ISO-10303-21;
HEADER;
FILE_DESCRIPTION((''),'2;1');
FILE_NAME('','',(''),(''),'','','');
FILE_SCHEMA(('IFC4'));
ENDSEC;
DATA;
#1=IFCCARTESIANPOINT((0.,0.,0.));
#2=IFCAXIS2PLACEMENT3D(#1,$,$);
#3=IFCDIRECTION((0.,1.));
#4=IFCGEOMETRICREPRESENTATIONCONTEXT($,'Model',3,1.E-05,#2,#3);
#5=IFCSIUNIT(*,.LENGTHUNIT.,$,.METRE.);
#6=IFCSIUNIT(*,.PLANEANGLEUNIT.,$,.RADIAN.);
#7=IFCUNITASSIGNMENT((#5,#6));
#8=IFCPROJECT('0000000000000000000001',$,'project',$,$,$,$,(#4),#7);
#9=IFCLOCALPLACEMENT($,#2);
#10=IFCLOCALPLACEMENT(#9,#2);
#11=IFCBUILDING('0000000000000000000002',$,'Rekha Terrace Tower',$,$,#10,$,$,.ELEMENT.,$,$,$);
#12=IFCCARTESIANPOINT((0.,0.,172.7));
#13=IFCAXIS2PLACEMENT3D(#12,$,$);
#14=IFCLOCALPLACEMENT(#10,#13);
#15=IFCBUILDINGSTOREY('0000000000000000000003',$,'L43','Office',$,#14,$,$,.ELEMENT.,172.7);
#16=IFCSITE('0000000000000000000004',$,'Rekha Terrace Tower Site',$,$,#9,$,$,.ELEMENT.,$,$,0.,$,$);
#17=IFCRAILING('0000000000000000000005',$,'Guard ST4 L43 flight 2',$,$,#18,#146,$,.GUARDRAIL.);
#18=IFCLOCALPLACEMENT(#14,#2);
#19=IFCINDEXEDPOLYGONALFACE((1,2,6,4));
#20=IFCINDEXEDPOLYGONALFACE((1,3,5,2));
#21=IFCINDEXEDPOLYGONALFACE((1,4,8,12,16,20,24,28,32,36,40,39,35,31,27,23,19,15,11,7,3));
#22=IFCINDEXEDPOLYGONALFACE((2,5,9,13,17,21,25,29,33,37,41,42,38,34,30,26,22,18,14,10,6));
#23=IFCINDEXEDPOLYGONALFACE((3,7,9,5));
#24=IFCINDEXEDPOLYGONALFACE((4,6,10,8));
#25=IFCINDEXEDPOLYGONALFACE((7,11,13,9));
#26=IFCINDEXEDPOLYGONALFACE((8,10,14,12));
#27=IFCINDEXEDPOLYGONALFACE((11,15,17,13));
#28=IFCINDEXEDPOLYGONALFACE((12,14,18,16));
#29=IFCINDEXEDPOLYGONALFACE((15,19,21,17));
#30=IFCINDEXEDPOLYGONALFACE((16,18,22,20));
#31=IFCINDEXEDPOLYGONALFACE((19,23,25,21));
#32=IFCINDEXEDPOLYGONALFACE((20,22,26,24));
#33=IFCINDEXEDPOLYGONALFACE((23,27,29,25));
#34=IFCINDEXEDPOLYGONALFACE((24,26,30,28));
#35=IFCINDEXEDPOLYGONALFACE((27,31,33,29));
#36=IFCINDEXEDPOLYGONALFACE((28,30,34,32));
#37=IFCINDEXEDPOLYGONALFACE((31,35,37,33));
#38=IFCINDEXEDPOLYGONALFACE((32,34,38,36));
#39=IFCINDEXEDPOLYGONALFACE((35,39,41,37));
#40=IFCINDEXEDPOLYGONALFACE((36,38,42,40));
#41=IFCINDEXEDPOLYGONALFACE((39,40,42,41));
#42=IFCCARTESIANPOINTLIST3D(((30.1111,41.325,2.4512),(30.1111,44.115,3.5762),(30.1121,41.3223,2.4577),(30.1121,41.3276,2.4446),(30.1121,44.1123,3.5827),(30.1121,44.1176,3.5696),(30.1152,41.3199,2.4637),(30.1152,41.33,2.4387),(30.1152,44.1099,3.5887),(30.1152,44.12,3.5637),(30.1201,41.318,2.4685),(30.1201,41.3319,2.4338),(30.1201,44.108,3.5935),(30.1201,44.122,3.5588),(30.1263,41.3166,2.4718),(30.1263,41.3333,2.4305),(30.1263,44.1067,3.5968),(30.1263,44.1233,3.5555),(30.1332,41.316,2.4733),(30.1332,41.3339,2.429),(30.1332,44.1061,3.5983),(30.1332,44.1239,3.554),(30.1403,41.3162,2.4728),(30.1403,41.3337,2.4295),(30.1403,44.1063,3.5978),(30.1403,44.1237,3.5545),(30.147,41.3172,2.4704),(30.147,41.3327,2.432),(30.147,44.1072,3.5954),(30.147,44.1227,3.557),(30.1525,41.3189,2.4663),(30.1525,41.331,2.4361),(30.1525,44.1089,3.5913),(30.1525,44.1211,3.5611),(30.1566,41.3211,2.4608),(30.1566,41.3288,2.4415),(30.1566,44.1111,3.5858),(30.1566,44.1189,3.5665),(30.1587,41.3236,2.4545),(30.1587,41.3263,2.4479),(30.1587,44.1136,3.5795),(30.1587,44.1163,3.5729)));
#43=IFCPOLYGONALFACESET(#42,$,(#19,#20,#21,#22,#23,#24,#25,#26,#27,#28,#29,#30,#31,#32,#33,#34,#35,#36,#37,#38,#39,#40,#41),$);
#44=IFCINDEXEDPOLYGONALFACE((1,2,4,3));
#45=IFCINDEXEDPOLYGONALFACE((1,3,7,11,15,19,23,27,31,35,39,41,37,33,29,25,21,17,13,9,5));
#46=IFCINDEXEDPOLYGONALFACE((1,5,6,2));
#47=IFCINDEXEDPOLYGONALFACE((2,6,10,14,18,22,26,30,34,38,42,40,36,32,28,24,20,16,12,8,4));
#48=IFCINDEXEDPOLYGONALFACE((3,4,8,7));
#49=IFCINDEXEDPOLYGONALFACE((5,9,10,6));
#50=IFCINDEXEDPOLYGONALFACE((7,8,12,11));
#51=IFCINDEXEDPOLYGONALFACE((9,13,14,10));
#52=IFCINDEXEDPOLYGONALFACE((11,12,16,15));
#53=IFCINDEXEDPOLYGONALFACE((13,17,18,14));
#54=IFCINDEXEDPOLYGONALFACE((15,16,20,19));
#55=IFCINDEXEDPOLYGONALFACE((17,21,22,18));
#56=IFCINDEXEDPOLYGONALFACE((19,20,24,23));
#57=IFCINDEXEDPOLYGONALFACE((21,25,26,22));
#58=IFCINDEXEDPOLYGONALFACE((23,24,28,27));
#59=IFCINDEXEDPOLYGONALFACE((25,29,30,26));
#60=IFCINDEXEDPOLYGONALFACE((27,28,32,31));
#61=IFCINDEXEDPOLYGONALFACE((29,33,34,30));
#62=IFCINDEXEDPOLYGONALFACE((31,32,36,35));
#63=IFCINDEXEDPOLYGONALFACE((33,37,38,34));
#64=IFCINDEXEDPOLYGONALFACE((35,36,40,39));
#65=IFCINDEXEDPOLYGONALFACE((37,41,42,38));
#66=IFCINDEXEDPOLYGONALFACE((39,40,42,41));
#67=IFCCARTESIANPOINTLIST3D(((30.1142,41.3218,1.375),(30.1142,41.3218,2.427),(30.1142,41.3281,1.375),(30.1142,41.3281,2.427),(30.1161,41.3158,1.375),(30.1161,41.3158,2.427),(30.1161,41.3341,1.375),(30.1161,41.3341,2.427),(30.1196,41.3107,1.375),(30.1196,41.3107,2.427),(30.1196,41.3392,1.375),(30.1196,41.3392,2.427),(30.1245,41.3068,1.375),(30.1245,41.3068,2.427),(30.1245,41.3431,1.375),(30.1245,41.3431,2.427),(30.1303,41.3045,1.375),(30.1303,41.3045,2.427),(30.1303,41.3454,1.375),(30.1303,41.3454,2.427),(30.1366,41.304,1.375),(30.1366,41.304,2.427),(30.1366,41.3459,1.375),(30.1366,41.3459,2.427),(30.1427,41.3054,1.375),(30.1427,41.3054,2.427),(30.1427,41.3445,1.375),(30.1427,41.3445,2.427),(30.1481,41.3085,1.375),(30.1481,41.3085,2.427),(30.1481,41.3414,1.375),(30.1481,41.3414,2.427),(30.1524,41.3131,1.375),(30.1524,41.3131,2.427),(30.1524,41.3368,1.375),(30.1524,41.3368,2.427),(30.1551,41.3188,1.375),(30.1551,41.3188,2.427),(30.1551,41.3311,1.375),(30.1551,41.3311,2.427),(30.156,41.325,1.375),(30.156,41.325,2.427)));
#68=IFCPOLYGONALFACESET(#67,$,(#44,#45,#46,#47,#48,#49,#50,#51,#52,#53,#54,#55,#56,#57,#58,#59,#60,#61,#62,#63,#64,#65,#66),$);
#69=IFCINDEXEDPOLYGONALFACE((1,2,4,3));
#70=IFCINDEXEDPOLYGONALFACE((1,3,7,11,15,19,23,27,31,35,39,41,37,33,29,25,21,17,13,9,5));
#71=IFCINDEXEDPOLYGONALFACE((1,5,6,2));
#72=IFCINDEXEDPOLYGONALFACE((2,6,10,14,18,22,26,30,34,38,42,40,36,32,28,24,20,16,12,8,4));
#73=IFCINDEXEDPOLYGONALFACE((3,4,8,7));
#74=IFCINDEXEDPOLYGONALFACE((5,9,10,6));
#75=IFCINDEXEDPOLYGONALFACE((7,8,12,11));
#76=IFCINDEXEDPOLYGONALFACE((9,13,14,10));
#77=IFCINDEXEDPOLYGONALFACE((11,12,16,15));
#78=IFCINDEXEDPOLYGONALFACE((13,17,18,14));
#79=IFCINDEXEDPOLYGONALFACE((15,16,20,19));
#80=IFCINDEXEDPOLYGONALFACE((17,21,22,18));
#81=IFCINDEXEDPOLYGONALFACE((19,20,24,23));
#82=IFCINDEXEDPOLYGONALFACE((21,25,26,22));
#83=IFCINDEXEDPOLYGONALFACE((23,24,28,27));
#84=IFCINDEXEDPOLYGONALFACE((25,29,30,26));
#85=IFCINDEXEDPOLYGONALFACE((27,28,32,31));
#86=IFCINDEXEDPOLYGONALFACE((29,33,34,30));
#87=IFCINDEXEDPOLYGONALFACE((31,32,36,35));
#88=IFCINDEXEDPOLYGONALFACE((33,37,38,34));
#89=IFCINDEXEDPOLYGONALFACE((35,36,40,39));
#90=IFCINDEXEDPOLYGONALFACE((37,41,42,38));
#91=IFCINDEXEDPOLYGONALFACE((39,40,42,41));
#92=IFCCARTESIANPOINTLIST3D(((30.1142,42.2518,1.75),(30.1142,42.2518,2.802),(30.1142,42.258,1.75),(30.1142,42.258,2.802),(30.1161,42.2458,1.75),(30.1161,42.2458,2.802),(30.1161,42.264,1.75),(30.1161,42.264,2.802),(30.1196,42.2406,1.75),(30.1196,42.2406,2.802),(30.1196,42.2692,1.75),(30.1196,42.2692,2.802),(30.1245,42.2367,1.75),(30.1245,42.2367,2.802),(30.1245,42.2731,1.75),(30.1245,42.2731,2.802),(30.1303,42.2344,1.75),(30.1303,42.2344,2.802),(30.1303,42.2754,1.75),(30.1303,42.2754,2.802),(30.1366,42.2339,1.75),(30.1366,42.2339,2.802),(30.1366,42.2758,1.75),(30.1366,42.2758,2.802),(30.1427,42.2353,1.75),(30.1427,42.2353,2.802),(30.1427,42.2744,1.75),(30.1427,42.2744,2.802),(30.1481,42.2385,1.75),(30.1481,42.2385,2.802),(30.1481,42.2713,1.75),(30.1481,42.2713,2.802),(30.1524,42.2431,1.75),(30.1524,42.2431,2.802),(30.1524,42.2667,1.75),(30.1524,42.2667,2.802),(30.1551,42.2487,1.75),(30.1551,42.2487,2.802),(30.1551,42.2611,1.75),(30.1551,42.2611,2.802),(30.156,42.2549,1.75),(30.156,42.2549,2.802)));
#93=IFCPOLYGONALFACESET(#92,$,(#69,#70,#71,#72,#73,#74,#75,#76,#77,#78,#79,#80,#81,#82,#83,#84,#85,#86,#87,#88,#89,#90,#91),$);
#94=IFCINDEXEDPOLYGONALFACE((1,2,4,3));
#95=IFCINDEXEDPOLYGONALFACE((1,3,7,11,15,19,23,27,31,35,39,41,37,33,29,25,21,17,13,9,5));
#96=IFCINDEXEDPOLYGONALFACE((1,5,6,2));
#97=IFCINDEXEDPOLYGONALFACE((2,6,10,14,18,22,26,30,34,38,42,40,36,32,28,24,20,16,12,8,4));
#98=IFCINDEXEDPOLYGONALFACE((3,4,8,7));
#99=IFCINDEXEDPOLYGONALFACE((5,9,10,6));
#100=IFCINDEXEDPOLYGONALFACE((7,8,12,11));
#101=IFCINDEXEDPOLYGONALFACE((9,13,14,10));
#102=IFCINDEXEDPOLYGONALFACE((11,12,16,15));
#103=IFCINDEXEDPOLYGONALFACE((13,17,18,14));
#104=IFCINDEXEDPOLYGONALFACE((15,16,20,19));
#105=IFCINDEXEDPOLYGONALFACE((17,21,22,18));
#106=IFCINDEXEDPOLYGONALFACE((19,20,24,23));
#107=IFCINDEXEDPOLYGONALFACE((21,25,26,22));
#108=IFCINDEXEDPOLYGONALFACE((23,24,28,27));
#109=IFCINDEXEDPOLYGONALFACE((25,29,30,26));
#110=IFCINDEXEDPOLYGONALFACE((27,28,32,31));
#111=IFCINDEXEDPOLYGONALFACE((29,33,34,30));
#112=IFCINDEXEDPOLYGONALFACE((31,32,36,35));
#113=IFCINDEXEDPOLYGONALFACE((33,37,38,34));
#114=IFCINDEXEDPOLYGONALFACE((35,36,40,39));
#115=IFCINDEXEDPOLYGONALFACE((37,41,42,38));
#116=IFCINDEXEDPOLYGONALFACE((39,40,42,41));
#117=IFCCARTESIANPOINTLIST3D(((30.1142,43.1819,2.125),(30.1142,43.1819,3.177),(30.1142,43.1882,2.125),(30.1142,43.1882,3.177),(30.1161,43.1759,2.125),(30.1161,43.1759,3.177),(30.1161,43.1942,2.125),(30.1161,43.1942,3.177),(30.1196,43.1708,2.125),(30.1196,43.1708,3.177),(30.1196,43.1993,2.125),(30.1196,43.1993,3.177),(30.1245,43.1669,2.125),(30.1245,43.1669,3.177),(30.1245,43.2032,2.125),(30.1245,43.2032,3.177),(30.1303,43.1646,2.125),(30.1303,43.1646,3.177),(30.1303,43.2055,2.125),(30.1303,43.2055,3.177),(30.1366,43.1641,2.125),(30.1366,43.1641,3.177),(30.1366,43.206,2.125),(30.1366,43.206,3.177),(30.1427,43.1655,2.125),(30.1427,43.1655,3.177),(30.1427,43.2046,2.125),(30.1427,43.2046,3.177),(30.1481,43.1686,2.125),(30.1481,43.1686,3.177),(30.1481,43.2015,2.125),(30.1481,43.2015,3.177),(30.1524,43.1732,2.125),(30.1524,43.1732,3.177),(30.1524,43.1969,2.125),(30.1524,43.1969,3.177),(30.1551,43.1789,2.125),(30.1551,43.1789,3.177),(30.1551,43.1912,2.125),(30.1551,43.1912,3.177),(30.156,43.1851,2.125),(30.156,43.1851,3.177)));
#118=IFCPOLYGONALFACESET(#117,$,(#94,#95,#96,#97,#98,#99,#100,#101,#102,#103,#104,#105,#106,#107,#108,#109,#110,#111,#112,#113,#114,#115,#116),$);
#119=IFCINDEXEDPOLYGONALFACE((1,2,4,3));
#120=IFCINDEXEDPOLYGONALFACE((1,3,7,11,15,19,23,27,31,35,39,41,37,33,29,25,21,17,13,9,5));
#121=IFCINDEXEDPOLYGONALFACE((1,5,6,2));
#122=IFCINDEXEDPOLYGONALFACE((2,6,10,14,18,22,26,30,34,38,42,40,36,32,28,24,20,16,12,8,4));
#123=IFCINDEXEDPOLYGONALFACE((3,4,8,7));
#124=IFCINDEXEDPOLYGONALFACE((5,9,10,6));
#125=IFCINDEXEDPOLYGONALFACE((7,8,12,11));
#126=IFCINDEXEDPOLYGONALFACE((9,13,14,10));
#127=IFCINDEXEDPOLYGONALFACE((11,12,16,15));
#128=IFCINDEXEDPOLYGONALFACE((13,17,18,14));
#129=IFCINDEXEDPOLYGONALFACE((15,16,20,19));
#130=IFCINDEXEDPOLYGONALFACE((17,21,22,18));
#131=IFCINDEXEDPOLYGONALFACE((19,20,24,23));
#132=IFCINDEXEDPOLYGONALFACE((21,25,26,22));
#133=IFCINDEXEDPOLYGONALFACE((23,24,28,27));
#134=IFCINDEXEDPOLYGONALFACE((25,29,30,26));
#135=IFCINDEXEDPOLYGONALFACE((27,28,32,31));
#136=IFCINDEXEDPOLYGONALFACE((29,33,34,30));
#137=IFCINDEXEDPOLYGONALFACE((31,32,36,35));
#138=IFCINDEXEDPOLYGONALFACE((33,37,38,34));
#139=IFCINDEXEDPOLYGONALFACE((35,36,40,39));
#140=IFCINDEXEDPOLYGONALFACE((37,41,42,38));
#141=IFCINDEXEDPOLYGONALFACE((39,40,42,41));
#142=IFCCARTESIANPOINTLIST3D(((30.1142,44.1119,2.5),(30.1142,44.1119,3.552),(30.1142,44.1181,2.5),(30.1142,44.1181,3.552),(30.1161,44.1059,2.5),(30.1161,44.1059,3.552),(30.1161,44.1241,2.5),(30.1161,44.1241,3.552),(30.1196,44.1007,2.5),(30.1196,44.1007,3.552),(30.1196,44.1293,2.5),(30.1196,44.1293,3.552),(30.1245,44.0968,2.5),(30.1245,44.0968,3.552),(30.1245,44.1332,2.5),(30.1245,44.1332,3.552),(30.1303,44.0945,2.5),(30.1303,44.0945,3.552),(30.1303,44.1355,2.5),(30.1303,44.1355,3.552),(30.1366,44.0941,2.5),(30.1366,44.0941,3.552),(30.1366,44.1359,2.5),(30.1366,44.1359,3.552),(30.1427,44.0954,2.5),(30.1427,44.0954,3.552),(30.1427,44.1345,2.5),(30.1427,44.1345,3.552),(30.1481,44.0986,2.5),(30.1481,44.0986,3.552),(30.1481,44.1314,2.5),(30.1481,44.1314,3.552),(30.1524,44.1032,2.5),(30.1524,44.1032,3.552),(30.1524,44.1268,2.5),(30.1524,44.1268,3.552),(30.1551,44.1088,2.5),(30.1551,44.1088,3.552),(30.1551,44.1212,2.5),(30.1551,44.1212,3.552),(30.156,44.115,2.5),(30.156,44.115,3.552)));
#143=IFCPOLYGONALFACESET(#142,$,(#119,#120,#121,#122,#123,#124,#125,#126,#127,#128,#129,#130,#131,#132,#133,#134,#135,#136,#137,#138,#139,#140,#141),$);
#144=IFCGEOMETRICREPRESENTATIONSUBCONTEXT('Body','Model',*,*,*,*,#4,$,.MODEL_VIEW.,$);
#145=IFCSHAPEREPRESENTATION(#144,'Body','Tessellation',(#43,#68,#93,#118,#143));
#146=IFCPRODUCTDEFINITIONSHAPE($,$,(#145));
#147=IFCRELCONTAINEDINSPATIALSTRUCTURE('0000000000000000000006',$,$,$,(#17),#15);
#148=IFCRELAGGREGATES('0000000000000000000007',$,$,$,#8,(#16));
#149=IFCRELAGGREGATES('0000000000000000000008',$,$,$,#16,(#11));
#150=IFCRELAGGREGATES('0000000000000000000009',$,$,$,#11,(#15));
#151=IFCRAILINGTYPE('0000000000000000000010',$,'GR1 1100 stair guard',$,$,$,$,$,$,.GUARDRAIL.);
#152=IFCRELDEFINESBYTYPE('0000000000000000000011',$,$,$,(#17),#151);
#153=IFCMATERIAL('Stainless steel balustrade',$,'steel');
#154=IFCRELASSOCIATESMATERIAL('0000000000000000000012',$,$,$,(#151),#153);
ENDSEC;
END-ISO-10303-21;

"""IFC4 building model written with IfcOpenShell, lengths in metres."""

from ifc_helpers import new_model, si_unit, direction, frame, origin, origin_2d, place, context, subcontext, project, spatial, circle, extrude, material, type_object, element, save


model = new_model("IFC4")

# Units and contexts
model_context = context("Model", 3, precision=1e-05, world=origin(), true_north=direction((0.0, 1.0)))
body_context = subcontext(model_context, "Body", "Model", "MODEL_VIEW")
ifc_project = project(units=[si_unit("LENGTHUNIT", "METRE"), si_unit("PLANEANGLEUNIT", "RADIAN")], contexts=[model_context])

# Site, building, storey
site_placement = place(None, origin())
site = spatial("IfcSite", under=ifc_project, at=site_placement, Name="Rekha Terrace Tower Site", CompositionType="ELEMENT", RefElevation=0.0)
building_placement = place(site_placement, origin())
building = spatial("IfcBuilding", under=site, at=building_placement, Name="Rekha Terrace Tower", CompositionType="ELEMENT")
storey_placement = place(building_placement, frame((0.0, 0.0, 172.7)))
storey = spatial("IfcBuildingStorey", under=building, at=storey_placement, Name="L43", Description="Office", CompositionType="ELEMENT", Elevation=172.7)

# Railing
ifc_material_1 = material(Name="Stainless steel balustrade", Category="steel")
railing_type_1 = type_object("IfcRailingType", Name="GR1 1100 stair guard", PredefinedType="GUARDRAIL", material=ifc_material_1)
railing_1_placement = place(storey_placement, frame((30.135, 41.325, 1.375)))
element("IfcRailing", 1, at=railing_1_placement, inside=storey, type_object=railing_type_1, Name="Guard ST4 L43 flight 2", PredefinedType="GUARDRAIL", context=body_context, shape_type="SweptSolid", body=[
    extrude(circle(Radius=0.0239, at=origin_2d()), frame((0.0, 0.0, 1.0762), z_axis=(0.0, 0.927443, 0.373964), x_axis=(-1.0, 0.0, 0.0)), (0.0, 0.0, 1.0), 3.0083),
    extrude(circle(Radius=0.021, at=origin_2d()), origin(), (0.0, 0.0, 1.0), 1.052),
    extrude(circle(Radius=0.021, at=origin_2d()), frame((0.0, 0.9299, 0.375)), (0.0, 0.0, 1.0), 1.052),
    extrude(circle(Radius=0.021, at=origin_2d()), frame((0.0, 1.8601, 0.75)), (0.0, 0.0, 1.0), 1.052),
    extrude(circle(Radius=0.021, at=origin_2d()), frame((0.0, 2.79, 1.125)), (0.0, 0.0, 1.0), 1.052),
])

save(model, "model.ifc")
